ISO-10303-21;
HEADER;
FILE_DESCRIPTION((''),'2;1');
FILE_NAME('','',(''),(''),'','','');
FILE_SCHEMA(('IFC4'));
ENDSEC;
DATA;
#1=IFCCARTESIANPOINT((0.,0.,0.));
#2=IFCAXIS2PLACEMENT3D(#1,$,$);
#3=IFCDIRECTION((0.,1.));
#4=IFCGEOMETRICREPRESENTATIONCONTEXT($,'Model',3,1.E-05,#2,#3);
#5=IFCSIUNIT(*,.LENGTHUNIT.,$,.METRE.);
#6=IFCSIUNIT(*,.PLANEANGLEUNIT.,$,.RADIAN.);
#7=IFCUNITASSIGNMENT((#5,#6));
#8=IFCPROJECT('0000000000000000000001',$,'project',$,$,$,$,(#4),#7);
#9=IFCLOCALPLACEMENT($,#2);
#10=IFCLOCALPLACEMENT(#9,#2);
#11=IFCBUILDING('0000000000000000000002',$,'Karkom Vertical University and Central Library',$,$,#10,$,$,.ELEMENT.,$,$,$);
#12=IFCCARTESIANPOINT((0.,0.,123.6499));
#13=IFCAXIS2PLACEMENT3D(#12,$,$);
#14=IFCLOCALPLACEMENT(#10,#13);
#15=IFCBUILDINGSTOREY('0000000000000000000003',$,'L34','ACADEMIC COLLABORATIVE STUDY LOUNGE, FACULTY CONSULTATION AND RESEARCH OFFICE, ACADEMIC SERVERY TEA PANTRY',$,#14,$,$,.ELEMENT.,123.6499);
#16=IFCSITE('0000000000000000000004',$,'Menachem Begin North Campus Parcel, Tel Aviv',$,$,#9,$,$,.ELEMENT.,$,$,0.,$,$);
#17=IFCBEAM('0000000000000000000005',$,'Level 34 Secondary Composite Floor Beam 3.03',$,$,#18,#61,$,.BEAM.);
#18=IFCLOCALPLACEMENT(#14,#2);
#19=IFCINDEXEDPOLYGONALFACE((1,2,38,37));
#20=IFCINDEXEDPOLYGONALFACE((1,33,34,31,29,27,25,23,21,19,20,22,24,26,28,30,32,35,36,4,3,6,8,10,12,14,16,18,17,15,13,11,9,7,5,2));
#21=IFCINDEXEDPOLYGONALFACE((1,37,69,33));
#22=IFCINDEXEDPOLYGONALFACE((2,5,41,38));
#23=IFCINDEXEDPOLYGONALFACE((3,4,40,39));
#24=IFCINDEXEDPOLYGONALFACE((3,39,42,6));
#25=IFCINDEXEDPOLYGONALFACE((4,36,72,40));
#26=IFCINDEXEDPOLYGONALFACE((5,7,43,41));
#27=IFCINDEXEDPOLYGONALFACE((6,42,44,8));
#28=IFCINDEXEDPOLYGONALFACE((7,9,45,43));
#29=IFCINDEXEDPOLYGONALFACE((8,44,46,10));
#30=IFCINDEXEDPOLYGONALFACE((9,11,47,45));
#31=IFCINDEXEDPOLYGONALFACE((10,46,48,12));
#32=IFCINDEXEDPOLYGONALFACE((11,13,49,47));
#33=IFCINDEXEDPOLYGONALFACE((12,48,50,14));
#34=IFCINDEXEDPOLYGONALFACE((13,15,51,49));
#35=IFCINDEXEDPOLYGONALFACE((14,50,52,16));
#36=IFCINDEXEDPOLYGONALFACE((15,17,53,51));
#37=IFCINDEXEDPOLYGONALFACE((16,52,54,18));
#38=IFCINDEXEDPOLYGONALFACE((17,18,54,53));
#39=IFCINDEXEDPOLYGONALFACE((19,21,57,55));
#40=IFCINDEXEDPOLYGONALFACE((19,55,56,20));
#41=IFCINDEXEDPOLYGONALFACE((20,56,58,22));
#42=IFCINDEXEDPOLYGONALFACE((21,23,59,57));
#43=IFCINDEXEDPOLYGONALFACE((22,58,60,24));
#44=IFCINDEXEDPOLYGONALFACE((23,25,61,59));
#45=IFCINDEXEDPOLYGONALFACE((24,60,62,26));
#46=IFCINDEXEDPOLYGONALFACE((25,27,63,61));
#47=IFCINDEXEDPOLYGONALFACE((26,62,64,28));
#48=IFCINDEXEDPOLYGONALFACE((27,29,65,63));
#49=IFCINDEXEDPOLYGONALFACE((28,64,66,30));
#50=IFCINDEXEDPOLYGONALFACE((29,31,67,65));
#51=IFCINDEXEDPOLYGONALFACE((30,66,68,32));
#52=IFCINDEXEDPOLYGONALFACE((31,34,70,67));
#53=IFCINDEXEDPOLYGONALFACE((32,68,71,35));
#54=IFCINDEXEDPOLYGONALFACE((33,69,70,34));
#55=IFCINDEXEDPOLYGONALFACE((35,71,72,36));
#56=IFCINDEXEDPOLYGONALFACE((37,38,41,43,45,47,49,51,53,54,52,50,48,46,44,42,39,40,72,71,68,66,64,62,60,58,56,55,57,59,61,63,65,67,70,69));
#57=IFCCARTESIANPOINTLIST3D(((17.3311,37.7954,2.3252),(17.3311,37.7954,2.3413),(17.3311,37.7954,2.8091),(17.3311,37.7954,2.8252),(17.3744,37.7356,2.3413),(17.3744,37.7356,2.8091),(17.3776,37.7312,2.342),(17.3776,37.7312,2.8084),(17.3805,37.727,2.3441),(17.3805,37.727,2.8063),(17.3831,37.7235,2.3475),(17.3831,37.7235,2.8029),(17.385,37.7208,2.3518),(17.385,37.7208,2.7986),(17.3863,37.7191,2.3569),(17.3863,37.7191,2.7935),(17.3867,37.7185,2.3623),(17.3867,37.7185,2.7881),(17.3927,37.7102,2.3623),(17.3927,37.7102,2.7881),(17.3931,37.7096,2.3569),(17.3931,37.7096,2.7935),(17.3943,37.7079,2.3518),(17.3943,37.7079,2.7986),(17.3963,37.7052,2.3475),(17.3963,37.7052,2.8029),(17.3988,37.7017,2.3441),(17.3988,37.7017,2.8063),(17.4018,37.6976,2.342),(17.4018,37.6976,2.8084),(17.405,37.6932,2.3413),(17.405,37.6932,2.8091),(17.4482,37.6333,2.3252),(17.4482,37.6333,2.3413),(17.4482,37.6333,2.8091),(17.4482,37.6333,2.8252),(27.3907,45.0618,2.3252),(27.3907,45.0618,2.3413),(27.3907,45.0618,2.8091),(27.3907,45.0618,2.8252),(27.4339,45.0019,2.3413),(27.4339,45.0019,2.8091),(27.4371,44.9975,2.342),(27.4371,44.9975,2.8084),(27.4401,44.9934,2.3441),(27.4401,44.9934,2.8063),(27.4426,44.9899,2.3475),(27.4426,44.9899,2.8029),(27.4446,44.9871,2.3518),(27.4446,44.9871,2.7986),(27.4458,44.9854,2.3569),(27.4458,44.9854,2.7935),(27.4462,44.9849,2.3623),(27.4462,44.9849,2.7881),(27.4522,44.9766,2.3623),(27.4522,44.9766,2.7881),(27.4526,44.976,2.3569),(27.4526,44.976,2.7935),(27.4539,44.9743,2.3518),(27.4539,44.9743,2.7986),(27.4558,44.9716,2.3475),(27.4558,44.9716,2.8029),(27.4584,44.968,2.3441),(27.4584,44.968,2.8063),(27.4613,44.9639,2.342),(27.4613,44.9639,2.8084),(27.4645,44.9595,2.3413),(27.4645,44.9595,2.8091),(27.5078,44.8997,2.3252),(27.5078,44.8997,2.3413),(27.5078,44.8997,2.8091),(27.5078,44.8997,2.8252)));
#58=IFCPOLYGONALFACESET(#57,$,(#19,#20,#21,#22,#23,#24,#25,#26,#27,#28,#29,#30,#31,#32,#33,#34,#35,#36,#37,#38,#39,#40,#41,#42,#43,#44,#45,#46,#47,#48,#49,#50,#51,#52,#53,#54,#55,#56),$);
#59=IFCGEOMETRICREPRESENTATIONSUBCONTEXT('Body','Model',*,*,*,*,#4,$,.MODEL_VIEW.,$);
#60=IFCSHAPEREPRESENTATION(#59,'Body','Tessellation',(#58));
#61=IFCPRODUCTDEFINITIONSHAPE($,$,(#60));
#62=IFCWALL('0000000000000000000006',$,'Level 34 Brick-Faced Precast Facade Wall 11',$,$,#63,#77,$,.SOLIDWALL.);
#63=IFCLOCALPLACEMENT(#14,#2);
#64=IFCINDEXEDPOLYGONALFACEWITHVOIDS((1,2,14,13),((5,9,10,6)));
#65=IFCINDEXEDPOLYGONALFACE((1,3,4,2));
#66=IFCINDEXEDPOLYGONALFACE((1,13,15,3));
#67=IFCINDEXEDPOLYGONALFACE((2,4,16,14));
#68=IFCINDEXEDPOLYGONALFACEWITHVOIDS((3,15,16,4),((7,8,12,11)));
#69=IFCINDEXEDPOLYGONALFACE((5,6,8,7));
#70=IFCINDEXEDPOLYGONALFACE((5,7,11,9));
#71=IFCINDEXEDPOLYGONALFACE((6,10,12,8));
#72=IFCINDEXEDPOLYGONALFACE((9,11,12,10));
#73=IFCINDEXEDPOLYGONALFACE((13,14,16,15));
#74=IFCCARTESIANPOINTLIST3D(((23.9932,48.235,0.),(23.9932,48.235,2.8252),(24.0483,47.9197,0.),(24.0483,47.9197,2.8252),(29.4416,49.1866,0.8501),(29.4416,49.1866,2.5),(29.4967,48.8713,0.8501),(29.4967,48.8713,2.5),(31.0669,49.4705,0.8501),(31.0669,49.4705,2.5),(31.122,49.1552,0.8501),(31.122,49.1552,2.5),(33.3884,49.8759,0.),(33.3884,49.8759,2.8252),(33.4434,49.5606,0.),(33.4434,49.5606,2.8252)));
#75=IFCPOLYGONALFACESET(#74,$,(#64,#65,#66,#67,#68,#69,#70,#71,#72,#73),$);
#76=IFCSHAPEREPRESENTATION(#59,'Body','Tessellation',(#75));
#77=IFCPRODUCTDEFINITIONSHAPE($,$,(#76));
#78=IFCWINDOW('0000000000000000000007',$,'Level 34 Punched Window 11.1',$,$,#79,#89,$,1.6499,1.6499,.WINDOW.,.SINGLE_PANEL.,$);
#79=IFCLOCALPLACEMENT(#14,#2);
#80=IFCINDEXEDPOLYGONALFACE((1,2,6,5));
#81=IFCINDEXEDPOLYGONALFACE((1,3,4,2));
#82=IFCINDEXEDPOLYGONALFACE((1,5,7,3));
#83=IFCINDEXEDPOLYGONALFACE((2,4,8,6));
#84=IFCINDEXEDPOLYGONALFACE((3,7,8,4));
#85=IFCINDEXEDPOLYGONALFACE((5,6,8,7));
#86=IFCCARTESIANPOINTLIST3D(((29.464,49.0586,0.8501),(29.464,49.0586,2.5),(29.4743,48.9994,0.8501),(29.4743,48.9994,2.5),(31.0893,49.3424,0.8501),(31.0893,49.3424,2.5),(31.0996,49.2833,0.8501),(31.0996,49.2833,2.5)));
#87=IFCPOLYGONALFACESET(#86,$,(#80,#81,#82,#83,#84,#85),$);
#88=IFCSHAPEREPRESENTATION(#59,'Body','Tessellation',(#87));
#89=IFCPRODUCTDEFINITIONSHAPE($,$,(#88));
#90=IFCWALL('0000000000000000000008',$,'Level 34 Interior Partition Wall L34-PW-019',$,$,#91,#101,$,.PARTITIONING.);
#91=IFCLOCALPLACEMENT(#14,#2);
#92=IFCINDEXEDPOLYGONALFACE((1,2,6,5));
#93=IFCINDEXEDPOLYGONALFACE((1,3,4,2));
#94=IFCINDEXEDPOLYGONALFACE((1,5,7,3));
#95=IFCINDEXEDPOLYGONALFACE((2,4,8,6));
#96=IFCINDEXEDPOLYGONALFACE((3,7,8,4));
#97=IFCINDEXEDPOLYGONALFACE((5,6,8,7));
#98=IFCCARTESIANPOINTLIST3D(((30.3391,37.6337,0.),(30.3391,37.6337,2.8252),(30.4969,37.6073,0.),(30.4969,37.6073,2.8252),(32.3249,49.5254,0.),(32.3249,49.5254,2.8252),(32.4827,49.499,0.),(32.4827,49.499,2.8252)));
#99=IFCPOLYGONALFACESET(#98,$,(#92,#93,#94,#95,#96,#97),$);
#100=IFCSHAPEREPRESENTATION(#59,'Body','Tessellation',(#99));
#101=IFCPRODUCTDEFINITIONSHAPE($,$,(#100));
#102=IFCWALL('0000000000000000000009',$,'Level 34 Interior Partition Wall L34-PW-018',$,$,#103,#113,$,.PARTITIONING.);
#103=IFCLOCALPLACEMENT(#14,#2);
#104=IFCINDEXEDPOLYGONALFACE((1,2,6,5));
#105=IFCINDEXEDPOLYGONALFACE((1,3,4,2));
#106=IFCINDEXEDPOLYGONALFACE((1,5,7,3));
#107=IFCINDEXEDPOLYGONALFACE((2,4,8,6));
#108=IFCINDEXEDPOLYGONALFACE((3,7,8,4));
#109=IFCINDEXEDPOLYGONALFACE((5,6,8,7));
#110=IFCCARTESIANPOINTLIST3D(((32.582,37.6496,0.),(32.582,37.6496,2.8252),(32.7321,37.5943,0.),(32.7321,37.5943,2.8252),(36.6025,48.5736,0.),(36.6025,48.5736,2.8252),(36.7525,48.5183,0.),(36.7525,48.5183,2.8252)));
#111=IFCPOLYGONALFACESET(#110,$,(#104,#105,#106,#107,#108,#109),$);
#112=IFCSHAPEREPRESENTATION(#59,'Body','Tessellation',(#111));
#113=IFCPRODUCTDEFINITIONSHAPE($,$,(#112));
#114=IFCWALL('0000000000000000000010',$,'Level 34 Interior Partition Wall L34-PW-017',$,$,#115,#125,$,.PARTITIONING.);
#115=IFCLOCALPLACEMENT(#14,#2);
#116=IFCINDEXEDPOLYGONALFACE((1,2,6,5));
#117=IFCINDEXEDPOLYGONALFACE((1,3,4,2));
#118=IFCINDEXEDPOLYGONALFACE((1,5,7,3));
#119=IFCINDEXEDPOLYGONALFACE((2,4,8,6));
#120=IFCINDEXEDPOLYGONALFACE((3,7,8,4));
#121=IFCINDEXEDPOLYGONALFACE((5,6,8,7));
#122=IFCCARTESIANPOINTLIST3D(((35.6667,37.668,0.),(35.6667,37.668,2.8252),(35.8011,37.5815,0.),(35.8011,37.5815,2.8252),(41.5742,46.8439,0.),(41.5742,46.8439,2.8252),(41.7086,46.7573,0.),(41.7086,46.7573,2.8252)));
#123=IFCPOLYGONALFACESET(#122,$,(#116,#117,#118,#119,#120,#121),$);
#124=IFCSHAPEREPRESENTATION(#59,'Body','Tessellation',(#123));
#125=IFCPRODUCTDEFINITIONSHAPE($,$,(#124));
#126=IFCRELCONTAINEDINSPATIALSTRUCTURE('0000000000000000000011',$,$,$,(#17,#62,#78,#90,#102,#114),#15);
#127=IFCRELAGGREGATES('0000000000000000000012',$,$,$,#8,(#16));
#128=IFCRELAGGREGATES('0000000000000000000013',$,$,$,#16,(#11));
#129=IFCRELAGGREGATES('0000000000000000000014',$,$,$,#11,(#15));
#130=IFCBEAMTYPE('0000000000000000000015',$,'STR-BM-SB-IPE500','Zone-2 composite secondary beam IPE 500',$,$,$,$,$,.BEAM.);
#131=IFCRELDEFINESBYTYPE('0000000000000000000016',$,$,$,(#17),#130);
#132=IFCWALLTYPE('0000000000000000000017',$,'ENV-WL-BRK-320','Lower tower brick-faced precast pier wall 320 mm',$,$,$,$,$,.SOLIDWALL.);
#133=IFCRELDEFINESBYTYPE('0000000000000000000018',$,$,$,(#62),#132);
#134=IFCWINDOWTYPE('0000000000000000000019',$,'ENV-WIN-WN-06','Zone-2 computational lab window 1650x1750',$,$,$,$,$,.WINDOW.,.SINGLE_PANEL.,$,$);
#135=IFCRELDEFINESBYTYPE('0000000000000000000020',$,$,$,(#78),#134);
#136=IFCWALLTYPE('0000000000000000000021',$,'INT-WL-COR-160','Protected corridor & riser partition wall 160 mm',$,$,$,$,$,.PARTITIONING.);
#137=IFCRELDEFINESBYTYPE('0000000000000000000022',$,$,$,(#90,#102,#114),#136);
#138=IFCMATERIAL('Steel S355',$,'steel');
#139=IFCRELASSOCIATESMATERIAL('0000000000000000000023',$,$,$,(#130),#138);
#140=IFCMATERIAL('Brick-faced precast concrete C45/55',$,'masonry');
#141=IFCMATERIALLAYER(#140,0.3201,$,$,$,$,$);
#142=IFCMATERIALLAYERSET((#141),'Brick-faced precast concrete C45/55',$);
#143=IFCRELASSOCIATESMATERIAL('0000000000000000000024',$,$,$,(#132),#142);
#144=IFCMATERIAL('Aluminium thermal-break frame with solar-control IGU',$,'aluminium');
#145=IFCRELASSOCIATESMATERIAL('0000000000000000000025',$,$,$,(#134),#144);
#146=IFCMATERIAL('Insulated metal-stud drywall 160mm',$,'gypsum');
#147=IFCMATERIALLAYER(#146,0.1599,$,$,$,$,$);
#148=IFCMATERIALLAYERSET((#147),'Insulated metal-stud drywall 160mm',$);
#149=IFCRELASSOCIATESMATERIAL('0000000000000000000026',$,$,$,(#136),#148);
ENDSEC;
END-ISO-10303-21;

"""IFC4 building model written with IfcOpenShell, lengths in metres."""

from ifc_helpers import new_model, si_unit, direction, frame, frame_2d, origin, origin_with_axes, origin_2d, place, context, subcontext, project, spatial, rectangle, i_section, extrude, source, transform, mapped, material, layer, layer_set, material_profile, profile_set, type_object, element, fill, save


model = new_model("IFC4")

# Units and contexts
model_context = context("Model", 3, precision=1e-05, world=origin(), true_north=direction((0.0, 1.0)))
body_context = subcontext(model_context, "Body", "Model", "MODEL_VIEW")
ifc_project = project(units=[si_unit("LENGTHUNIT", "METRE"), si_unit("PLANEANGLEUNIT", "RADIAN")], contexts=[model_context])

# Site, building, storey
site_placement = place(None, origin())
site = spatial("IfcSite", under=ifc_project, at=site_placement, Name="Menachem Begin North Campus Parcel, Tel Aviv", CompositionType="ELEMENT", RefElevation=0.0)
building_placement = place(site_placement, origin())
building = spatial("IfcBuilding", under=site, at=building_placement, Name="Karkom Vertical University and Central Library", CompositionType="ELEMENT")
storey_placement = place(building_placement, frame((0.0, 0.0, 123.6499)))
storey = spatial("IfcBuildingStorey", under=building, at=storey_placement, Name="L34", Description="ACADEMIC COLLABORATIVE STUDY LOUNGE, FACULTY CONSULTATION AND RESEARCH OFFICE, ACADEMIC SERVERY TEA PANTRY", CompositionType="ELEMENT", Elevation=123.6499)

# Beam
ifc_material_1 = material(Name="Steel S355", Category="steel")
ifc_material_profile_1 = material_profile(ifc_material_1, i_section(OverallWidth=0.2, OverallDepth=0.5, WebThickness=0.0103, FlangeThickness=0.0161, FilletRadius=0.021, at=origin_2d()), Name="IPE 500")
ifc_profile_set_1 = profile_set([ifc_material_profile_1], Name="Steel S355")
beam_type_1 = type_object("IfcBeamType", Name="STR-BM-SB-IPE500", Description="Zone-2 composite secondary beam IPE 500", PredefinedType="BEAM", material=ifc_profile_set_1)
shared_shape_1 = source(origin_with_axes(), body_context, "Body", "SweptSolid", [
    extrude(i_section(OverallWidth=0.2, OverallDepth=0.5, WebThickness=0.0103, FlangeThickness=0.0161, FilletRadius=0.021, at=origin_2d()), origin(), (0.0, 0.0, 1.0), 12.4094),
])
beam_1_placement = place(storey_placement, frame((27.4492, 44.9807, 2.5752), z_axis=(-0.810637, -0.585549, 0.0), x_axis=(0.585549, -0.810637, 0.0)))
element("IfcBeam", 1, at=beam_1_placement, inside=storey, type_object=beam_type_1, Name="Level 34 Secondary Composite Floor Beam 3.03", PredefinedType="BEAM", context=body_context, shape_type="MappedRepresentation", body=[
    mapped(shared_shape_1, transform((0.0, 0.0, 0.0), scale=1.0)),
])

# Wall, opening, window
ifc_material_2 = material(Name="Brick-faced precast concrete C45/55", Category="masonry")
ifc_layer_1 = layer(ifc_material_2, 0.3201)
ifc_layer_set_1 = layer_set([ifc_layer_1], Name="Brick-faced precast concrete C45/55")
wall_type_1 = type_object("IfcWallType", Name="ENV-WL-BRK-320", Description="Lower tower brick-faced precast pier wall 320 mm", PredefinedType="SOLIDWALL", material=ifc_layer_set_1)
wall_1_placement = place(storey_placement, frame((33.4158, 49.7183, 0.0), z_axis=(0.0, 0.0, 1.0), x_axis=(-0.985088, -0.172049, 0.0)))
wall_1 = element("IfcWall", 2, at=wall_1_placement, inside=storey, type_object=wall_type_1, Name="Level 34 Brick-Faced Precast Facade Wall 11", PredefinedType="SOLIDWALL", context=body_context, shape_type="SweptSolid", body=[
    extrude(rectangle(XDim=9.5374, YDim=0.3201, at=frame_2d((4.7686, 0.0))), origin(), (0.0, 0.0, 1.0), 2.8252),
])
opening_1_placement = place(wall_1_placement, frame((2.3564, 0.0, 0.8501)))
opening_1 = element("IfcOpeningElement", 3, at=opening_1_placement, cuts=wall_1, PredefinedType="OPENING", context=body_context, shape_type="SweptSolid", body=[
    extrude(rectangle(XDim=1.6499, YDim=1.6499, at=frame_2d((0.825, 0.825))), frame((0.0, 0.1699, 0.0), z_axis=(0.0, -1.0, 0.0), x_axis=(1.0, 0.0, 0.0)), (0.0, 0.0, 1.0), 0.3401),
])
ifc_material_3 = material(Name="Aluminium thermal-break frame with solar-control IGU", Category="aluminium")
window_type = type_object("IfcWindowType", Name="ENV-WIN-WN-06", Description="Zone-2 computational lab window 1650x1750", PartitioningType="SINGLE_PANEL", PredefinedType="WINDOW", material=ifc_material_3)
shared_shape_2 = source(origin_with_axes(), body_context, "Body", "SweptSolid", [
    extrude(rectangle(XDim=1.6499, YDim=1.6499, at=frame_2d((0.825, 0.825))), frame((0.0, 0.03, 0.0), z_axis=(0.0, -1.0, 0.0), x_axis=(1.0, 0.0, 0.0)), (0.0, 0.0, 1.0), 0.0601),
])
window_placement = place(opening_1_placement, origin())
window = element("IfcWindow", 4, at=window_placement, inside=storey, type_object=window_type, Name="Level 34 Punched Window 11.1", OverallHeight=1.6499, OverallWidth=1.6499, PartitioningType="SINGLE_PANEL", PredefinedType="WINDOW", context=body_context, shape_type="MappedRepresentation", body=[
    mapped(shared_shape_2, transform((0.0, 0.0, 0.0), scale=1.0)),
])
fill(opening_1, window)

# Shared definitions
ifc_material_4 = material(Name="Insulated metal-stud drywall 160mm", Category="gypsum")
ifc_layer_2 = layer(ifc_material_4, 0.1599)
ifc_layer_set_2 = layer_set([ifc_layer_2], Name="Insulated metal-stud drywall 160mm")
wall_type_2 = type_object("IfcWallType", Name="INT-WL-COR-160", Description="Protected corridor & riser partition wall 160 mm", PredefinedType="PARTITIONING", material=ifc_layer_set_2)

# Walls
wall_2_placement = place(storey_placement, frame((30.418, 37.6204, 0.0), z_axis=(0.0, 0.0, 1.0), x_axis=(0.164711, 0.986342, 0.0)))
element("IfcWall", 5, at=wall_2_placement, inside=storey, type_object=wall_type_2, Name="Level 34 Interior Partition Wall L34-PW-019", PredefinedType="PARTITIONING", context=body_context, shape_type="SweptSolid", body=[
    extrude(rectangle(XDim=12.0564, YDim=0.1599, at=frame_2d((6.0283, 0.0))), origin(), (0.0, 0.0, 1.0), 2.8252),
])
wall_3_placement = place(storey_placement, frame((32.657, 37.6218, 0.0), z_axis=(0.0, 0.0, 1.0), x_axis=(0.345391, 0.938459, 0.0)))
element("IfcWall", 6, at=wall_3_placement, inside=storey, type_object=wall_type_2, Name="Level 34 Interior Partition Wall L34-PW-018", PredefinedType="PARTITIONING", context=body_context, shape_type="SweptSolid", body=[
    extrude(rectangle(XDim=11.6404, YDim=0.1599, at=frame_2d((5.8203, 0.0))), origin(), (0.0, 0.0, 1.0), 2.8252),
])
wall_4_placement = place(storey_placement, frame((35.7339, 37.6248, 0.0), z_axis=(0.0, 0.0, 1.0), x_axis=(0.541325, 0.840813, 0.0)))
element("IfcWall", 7, at=wall_4_placement, inside=storey, type_object=wall_type_2, Name="Level 34 Interior Partition Wall L34-PW-017", PredefinedType="PARTITIONING", context=body_context, shape_type="SweptSolid", body=[
    extrude(rectangle(XDim=10.9131, YDim=0.1599, at=frame_2d((5.4565, 0.0))), origin(), (0.0, 0.0, 1.0), 2.8252),
])

save(model, "model.ifc")
